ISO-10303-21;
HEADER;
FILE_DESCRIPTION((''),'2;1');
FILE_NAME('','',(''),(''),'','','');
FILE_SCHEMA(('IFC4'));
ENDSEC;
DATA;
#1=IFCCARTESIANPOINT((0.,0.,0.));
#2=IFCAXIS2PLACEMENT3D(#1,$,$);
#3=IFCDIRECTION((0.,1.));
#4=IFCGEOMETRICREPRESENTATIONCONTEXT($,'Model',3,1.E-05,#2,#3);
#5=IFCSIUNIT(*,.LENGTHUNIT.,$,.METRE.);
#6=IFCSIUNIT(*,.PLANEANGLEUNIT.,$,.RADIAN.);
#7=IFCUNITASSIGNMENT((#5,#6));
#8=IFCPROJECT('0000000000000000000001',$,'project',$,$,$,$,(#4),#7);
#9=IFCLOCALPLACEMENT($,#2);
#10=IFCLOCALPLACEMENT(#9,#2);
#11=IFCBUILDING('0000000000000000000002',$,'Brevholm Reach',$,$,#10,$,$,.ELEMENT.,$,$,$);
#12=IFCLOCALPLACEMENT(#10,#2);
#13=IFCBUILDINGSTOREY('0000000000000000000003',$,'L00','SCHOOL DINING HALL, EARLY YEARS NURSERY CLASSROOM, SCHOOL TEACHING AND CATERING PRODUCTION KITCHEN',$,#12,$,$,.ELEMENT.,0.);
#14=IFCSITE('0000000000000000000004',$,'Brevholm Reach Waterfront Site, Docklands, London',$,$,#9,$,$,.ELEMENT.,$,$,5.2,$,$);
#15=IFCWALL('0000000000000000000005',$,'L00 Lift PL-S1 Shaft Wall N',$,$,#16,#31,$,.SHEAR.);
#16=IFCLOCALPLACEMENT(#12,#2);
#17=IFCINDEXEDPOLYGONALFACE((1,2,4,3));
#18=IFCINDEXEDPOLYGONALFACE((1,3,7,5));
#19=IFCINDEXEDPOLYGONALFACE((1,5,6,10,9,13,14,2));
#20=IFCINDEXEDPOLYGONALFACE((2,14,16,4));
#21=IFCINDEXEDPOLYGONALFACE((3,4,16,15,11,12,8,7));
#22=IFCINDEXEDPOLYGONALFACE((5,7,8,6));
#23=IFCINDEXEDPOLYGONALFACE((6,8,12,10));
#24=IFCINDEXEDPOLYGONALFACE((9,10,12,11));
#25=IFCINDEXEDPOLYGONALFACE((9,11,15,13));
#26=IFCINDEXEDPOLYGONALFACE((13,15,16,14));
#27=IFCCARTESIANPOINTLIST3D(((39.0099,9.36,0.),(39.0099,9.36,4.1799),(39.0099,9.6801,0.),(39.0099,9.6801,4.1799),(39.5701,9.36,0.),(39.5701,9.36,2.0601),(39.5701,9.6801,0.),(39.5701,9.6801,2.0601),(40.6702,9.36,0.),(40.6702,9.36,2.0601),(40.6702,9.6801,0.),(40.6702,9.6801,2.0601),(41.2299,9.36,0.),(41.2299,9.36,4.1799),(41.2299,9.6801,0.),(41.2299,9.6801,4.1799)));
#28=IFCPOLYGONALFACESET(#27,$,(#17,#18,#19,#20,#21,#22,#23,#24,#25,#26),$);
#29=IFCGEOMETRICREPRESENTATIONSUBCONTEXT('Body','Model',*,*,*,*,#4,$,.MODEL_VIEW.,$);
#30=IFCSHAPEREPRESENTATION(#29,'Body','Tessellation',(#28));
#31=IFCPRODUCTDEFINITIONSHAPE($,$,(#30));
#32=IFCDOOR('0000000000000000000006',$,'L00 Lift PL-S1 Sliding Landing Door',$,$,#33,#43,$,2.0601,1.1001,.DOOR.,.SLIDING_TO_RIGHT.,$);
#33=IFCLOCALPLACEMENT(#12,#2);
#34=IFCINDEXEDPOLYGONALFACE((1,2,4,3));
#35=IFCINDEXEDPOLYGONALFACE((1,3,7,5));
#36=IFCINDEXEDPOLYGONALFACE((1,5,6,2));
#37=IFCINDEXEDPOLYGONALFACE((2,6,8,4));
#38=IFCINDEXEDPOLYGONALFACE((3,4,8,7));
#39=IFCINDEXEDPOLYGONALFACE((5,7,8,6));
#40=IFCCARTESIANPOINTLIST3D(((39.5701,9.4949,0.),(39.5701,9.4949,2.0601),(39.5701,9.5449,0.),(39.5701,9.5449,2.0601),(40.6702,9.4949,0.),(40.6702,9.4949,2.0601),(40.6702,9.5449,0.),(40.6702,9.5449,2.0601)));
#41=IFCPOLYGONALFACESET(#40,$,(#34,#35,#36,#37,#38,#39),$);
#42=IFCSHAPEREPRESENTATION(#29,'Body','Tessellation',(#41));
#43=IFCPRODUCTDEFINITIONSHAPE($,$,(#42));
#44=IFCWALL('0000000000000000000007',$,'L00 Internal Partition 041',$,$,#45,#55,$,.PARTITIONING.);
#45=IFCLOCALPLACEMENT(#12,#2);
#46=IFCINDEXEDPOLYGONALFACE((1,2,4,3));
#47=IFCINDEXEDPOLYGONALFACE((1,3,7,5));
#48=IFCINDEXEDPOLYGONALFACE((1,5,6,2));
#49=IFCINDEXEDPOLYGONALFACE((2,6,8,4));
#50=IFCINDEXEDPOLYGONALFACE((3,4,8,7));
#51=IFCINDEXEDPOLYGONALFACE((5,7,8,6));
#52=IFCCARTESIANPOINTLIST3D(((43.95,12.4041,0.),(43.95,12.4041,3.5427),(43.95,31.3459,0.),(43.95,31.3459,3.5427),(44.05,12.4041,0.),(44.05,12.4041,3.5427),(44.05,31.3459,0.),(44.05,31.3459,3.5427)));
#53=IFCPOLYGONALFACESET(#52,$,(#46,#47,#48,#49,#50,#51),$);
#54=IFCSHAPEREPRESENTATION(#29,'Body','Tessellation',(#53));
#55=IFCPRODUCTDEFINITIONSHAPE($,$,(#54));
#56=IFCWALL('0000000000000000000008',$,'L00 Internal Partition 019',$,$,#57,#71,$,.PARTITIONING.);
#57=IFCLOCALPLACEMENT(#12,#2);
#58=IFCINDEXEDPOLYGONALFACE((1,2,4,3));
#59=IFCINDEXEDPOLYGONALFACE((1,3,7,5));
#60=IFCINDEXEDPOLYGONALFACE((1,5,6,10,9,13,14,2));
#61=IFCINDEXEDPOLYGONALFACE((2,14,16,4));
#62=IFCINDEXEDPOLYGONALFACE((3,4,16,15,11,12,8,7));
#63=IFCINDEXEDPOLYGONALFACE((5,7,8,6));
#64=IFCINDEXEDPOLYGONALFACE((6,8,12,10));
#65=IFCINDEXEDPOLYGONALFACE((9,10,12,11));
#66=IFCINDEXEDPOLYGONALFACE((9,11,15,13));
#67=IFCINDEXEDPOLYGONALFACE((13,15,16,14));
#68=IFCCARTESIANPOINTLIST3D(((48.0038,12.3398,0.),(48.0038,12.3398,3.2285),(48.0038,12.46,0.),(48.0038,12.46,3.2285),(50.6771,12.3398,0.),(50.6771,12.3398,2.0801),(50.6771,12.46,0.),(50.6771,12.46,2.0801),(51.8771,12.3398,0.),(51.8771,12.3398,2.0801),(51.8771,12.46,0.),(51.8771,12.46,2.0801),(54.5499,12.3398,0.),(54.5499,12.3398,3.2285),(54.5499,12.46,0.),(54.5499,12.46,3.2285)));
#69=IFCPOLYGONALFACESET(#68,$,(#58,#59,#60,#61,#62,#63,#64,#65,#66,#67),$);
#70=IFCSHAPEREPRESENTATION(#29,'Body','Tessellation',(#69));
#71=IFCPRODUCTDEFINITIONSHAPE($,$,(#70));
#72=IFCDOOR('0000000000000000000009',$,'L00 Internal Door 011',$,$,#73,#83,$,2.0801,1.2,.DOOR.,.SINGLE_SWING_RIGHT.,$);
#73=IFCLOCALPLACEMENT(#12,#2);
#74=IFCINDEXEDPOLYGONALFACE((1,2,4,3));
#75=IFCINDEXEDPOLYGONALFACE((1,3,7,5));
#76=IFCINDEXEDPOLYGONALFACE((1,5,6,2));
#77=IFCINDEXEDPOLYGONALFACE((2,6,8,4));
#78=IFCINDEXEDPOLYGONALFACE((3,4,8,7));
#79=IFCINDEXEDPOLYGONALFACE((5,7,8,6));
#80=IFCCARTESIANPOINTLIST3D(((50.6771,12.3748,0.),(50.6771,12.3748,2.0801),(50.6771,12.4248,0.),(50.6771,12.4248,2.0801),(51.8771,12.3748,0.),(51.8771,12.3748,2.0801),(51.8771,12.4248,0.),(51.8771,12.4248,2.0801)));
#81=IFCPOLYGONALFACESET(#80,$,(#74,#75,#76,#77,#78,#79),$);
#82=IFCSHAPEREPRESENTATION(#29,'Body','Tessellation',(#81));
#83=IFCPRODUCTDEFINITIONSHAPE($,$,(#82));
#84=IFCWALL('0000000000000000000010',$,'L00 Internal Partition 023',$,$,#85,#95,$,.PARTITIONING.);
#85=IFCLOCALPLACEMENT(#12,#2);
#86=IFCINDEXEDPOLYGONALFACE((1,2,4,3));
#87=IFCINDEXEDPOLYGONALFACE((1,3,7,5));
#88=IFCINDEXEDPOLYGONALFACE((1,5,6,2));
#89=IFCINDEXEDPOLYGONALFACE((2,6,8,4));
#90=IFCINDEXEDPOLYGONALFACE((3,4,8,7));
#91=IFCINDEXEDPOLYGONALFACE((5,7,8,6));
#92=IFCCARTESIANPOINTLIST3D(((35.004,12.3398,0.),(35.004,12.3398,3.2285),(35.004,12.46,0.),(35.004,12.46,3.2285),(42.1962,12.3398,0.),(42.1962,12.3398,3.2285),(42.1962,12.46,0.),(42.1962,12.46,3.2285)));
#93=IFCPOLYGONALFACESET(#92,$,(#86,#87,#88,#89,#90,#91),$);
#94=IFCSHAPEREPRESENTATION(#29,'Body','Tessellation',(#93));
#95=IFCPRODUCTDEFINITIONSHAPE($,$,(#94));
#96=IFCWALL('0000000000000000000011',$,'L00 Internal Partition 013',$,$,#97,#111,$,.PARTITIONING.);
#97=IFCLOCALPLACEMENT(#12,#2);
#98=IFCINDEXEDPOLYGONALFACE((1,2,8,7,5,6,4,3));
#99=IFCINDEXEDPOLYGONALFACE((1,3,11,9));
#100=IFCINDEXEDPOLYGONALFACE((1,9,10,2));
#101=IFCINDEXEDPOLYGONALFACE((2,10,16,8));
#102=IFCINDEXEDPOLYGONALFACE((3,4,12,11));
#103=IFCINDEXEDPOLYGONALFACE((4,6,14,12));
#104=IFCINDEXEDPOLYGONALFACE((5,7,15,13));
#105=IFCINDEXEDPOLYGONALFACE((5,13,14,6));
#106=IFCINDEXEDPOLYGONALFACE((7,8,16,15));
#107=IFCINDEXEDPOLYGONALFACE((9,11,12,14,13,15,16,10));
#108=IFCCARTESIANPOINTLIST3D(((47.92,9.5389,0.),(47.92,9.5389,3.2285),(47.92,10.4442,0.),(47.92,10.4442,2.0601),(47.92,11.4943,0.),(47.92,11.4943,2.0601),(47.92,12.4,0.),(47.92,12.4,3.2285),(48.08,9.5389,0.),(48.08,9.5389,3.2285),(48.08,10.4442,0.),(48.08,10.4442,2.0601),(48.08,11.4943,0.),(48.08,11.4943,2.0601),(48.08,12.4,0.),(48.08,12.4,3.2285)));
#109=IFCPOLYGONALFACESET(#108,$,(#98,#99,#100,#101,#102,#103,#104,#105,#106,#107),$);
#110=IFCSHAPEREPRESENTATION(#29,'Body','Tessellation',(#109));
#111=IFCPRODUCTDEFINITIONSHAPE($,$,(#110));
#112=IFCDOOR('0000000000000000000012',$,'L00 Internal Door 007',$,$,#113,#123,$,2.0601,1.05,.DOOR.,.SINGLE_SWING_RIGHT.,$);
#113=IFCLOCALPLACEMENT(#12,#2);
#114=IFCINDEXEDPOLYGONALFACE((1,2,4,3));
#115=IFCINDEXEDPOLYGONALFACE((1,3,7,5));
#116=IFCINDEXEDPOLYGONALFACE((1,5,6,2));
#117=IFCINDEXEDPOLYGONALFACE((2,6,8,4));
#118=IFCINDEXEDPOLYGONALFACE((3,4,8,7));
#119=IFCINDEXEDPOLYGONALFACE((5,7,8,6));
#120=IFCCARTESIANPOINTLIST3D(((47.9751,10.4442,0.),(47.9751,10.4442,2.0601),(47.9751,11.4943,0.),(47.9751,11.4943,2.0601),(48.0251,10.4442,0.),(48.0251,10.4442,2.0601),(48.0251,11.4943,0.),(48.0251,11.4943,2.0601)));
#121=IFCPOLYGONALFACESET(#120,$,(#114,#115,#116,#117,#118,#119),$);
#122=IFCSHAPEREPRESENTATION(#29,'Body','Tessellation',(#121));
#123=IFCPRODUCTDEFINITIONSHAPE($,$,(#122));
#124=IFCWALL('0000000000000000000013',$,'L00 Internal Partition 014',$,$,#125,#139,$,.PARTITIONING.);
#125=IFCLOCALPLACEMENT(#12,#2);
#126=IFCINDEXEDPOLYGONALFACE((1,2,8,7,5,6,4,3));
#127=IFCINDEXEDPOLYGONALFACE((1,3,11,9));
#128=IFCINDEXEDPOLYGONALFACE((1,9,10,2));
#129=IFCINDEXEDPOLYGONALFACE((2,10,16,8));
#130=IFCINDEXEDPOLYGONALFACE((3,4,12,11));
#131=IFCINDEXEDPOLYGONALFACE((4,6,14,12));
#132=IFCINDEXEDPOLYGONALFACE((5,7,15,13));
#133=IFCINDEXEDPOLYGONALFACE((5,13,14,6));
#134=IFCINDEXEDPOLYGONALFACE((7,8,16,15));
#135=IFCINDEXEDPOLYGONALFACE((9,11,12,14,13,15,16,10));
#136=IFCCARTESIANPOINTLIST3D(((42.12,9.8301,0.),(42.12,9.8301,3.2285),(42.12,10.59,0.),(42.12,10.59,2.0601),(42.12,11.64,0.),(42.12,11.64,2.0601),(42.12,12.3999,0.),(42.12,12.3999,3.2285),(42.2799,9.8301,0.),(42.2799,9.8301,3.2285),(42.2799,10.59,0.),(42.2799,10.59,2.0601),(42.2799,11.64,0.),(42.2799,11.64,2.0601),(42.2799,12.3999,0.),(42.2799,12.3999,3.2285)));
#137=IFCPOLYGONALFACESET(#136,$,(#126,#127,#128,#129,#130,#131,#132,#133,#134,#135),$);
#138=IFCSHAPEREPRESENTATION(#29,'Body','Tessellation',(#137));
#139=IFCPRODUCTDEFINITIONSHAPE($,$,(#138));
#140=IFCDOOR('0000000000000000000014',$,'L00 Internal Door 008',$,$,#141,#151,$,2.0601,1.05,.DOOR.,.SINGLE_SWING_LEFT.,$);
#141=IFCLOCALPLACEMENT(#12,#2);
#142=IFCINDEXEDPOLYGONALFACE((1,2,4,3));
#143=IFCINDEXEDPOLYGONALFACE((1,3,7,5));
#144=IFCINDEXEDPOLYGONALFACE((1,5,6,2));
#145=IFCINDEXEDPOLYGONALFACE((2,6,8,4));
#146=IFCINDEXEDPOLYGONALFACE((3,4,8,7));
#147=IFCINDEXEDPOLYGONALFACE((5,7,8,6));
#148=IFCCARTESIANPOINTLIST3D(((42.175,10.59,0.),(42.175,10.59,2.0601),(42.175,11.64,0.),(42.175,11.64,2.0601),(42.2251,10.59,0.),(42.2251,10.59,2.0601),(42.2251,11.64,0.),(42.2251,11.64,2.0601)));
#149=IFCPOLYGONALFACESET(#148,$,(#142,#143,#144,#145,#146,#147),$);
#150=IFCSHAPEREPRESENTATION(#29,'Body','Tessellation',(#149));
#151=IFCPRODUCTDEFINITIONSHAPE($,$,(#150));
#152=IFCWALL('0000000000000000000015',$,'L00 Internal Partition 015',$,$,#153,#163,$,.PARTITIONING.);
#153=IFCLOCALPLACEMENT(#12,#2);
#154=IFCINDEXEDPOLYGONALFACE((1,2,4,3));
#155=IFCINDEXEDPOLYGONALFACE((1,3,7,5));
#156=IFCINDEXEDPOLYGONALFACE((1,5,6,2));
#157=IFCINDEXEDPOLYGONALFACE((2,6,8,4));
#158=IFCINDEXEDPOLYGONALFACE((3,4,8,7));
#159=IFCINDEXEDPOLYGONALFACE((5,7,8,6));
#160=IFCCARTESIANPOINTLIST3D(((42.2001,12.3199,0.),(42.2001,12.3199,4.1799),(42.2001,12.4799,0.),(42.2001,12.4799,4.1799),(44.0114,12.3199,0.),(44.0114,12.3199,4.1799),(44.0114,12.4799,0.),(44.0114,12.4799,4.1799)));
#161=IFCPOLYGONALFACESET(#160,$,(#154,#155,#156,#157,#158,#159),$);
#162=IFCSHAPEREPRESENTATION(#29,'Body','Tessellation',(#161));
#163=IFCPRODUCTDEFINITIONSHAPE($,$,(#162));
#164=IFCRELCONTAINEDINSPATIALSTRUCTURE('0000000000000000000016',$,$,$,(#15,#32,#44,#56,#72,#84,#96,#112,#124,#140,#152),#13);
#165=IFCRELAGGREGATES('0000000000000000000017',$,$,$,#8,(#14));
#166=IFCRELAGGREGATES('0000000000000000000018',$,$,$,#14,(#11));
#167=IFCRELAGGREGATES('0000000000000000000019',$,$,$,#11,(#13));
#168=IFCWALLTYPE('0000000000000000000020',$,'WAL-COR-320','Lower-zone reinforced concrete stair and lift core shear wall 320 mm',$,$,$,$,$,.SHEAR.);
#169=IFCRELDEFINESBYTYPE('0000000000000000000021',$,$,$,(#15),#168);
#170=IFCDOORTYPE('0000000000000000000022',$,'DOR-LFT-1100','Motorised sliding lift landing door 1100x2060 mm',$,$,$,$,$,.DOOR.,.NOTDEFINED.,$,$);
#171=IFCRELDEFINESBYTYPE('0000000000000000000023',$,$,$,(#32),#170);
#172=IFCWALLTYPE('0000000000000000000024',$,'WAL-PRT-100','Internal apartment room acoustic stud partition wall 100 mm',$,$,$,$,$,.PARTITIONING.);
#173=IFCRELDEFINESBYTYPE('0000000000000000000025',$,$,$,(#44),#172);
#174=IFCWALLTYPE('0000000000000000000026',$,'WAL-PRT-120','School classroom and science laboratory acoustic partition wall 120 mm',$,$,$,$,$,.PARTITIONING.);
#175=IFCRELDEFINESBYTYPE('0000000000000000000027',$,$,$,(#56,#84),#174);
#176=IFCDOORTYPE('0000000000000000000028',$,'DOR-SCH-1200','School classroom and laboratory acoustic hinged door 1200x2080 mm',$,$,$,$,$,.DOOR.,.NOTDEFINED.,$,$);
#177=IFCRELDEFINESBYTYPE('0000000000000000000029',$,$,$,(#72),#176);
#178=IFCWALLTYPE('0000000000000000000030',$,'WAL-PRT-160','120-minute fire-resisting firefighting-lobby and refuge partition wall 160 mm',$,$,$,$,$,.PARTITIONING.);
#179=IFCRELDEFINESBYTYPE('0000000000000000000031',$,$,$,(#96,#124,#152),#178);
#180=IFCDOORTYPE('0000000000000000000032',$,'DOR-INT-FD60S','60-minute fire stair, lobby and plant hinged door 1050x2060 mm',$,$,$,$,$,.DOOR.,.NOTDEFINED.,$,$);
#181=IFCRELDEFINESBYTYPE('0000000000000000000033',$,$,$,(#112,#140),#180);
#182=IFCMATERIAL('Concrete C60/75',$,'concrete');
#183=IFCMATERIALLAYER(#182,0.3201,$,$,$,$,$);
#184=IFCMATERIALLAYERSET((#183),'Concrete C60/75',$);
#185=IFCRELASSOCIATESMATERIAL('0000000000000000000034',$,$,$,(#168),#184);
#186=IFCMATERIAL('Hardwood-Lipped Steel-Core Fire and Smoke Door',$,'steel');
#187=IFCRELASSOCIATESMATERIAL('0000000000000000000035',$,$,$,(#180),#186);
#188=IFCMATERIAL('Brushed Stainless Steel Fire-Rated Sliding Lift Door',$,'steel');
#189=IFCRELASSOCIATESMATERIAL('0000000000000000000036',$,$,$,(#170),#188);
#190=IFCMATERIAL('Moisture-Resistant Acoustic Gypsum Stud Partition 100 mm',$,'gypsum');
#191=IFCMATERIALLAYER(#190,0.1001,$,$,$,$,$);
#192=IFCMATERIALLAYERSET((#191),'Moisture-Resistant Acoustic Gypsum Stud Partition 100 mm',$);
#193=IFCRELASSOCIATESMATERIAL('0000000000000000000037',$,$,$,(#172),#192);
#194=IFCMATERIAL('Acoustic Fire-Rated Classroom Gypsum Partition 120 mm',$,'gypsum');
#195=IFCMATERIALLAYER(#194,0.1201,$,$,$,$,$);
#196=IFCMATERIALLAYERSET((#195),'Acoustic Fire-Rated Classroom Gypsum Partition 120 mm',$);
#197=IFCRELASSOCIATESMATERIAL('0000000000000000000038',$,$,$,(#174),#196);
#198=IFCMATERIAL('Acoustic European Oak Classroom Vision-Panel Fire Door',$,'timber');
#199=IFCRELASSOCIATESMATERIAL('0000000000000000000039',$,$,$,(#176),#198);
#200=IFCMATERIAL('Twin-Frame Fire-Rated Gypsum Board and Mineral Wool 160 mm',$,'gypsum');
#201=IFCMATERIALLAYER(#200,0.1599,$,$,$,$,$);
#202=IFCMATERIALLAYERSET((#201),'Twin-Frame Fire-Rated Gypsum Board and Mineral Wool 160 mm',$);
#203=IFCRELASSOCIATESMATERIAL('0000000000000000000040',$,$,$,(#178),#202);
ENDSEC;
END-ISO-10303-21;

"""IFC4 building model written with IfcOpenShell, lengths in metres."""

from ifc_helpers import new_model, si_unit, direction, frame, frame_2d, origin, place, context, subcontext, project, spatial, rectangle, extrude, material, layer, layer_set, type_object, element, fill, save


model = new_model("IFC4")

# Units and contexts
model_context = context("Model", 3, precision=1e-05, world=origin(), true_north=direction((0.0, 1.0)))
body_context = subcontext(model_context, "Body", "Model", "MODEL_VIEW")
ifc_project = project(units=[si_unit("LENGTHUNIT", "METRE"), si_unit("PLANEANGLEUNIT", "RADIAN")], contexts=[model_context])

# Site, building, storey
site_placement = place(None, origin())
site = spatial("IfcSite", under=ifc_project, at=site_placement, Name="Brevholm Reach Waterfront Site, Docklands, London", CompositionType="ELEMENT", RefElevation=5.2)
building_placement = place(site_placement, origin())
building = spatial("IfcBuilding", under=site, at=building_placement, Name="Brevholm Reach", CompositionType="ELEMENT")
storey_placement = place(building_placement, origin())
storey = spatial("IfcBuildingStorey", under=building, at=storey_placement, Name="L00", Description="SCHOOL DINING HALL, EARLY YEARS NURSERY CLASSROOM, SCHOOL TEACHING AND CATERING PRODUCTION KITCHEN", CompositionType="ELEMENT", Elevation=0.0)

# Wall, opening, door
ifc_material_1 = material(Name="Concrete C60/75", Category="concrete")
ifc_layer_1 = layer(ifc_material_1, 0.3201)
ifc_layer_set_1 = layer_set([ifc_layer_1], Name="Concrete C60/75")
wall_type_1 = type_object("IfcWallType", Name="WAL-COR-320", Description="Lower-zone reinforced concrete stair and lift core shear wall 320 mm", PredefinedType="SHEAR", material=ifc_layer_set_1)
ifc_material_2 = material(Name="Hardwood-Lipped Steel-Core Fire and Smoke Door", Category="steel")
door_type_1 = type_object("IfcDoorType", Name="DOR-INT-FD60S", Description="60-minute fire stair, lobby and plant hinged door 1050x2060 mm", OperationType="NOTDEFINED", PredefinedType="DOOR", material=ifc_material_2)
ifc_material_3 = material(Name="Brushed Stainless Steel Fire-Rated Sliding Lift Door", Category="steel")
door_type_2 = type_object("IfcDoorType", Name="DOR-LFT-1100", Description="Motorised sliding lift landing door 1100x2060 mm", OperationType="NOTDEFINED", PredefinedType="DOOR", material=ifc_material_3)
wall_1_placement = place(storey_placement, frame((39.01, 9.52, 0.0), z_axis=(0.0, 0.0, 1.0), x_axis=(1.0, 0.0, 0.0)))
wall_1 = element("IfcWall", 1, at=wall_1_placement, inside=storey, type_object=wall_type_1, Name="L00 Lift PL-S1 Shaft Wall N", PredefinedType="SHEAR", context=body_context, shape_type="SweptSolid", body=[
    extrude(rectangle(XDim=2.22, YDim=0.3201, at=frame_2d((1.1099, 0.0))), origin(), (0.0, 0.0, 1.0), 4.1799),
])
opening_1_placement = place(wall_1_placement, frame((0.5601, 0.0, 0.0)))
opening_1 = element("IfcOpeningElement", 2, at=opening_1_placement, cuts=wall_1, PredefinedType="OPENING", context=body_context, shape_type="SweptSolid", body=[
    extrude(rectangle(XDim=1.1001, YDim=2.0601, at=frame_2d((0.55, 1.03))), frame((0.0, 0.1699, 0.0), z_axis=(0.0, -1.0, 0.0), x_axis=(1.0, 0.0, 0.0)), (0.0, 0.0, 1.0), 0.3401),
])
door_1_placement = place(opening_1_placement, origin())
door_1 = element("IfcDoor", 3, at=door_1_placement, inside=storey, type_object=door_type_2, Name="L00 Lift PL-S1 Sliding Landing Door", OperationType="SLIDING_TO_RIGHT", OverallHeight=2.0601, OverallWidth=1.1001, PredefinedType="DOOR", context=body_context, shape_type="SweptSolid", body=[
    extrude(rectangle(XDim=1.1001, YDim=2.0601, at=frame_2d((0.55, 1.03))), frame((0.0, 0.0249, 0.0), z_axis=(0.0, -1.0, 0.0), x_axis=(1.0, 0.0, 0.0)), (0.0, 0.0, 1.0), 0.05),
])
fill(opening_1, door_1)

# Wall
ifc_material_4 = material(Name="Moisture-Resistant Acoustic Gypsum Stud Partition 100 mm", Category="gypsum")
ifc_layer_2 = layer(ifc_material_4, 0.1001)
ifc_layer_set_2 = layer_set([ifc_layer_2], Name="Moisture-Resistant Acoustic Gypsum Stud Partition 100 mm")
wall_type_2 = type_object("IfcWallType", Name="WAL-PRT-100", Description="Internal apartment room acoustic stud partition wall 100 mm", PredefinedType="PARTITIONING", material=ifc_layer_set_2)
wall_2_placement = place(storey_placement, frame((44.0, 12.4041, 0.0), z_axis=(0.0, 0.0, 1.0), x_axis=(0.0, 1.0, 0.0)))
element("IfcWall", 4, at=wall_2_placement, inside=storey, type_object=wall_type_2, Name="L00 Internal Partition 041", PredefinedType="PARTITIONING", context=body_context, shape_type="SweptSolid", body=[
    extrude(rectangle(XDim=18.9419, YDim=0.1001, at=frame_2d((9.4709, 0.0))), origin(), (0.0, 0.0, 1.0), 3.5427),
])

# Wall, opening, door
ifc_material_5 = material(Name="Acoustic Fire-Rated Classroom Gypsum Partition 120 mm", Category="gypsum")
ifc_layer_3 = layer(ifc_material_5, 0.1201)
ifc_layer_set_3 = layer_set([ifc_layer_3], Name="Acoustic Fire-Rated Classroom Gypsum Partition 120 mm")
wall_type_3 = type_object("IfcWallType", Name="WAL-PRT-120", Description="School classroom and science laboratory acoustic partition wall 120 mm", PredefinedType="PARTITIONING", material=ifc_layer_set_3)
wall_3_placement = place(storey_placement, frame((48.0039, 12.3999, 0.0), z_axis=(0.0, 0.0, 1.0), x_axis=(1.0, 0.0, 0.0)))
wall_3 = element("IfcWall", 5, at=wall_3_placement, inside=storey, type_object=wall_type_3, Name="L00 Internal Partition 019", PredefinedType="PARTITIONING", context=body_context, shape_type="SweptSolid", body=[
    extrude(rectangle(XDim=6.5461, YDim=0.1201, at=frame_2d((3.2729, 0.0))), origin(), (0.0, 0.0, 1.0), 3.2285),
])
opening_2_placement = place(wall_3_placement, frame((2.6731, 0.0, 0.0)))
opening_2 = element("IfcOpeningElement", 6, at=opening_2_placement, cuts=wall_3, PredefinedType="OPENING", context=body_context, shape_type="SweptSolid", body=[
    extrude(rectangle(XDim=1.2, YDim=2.0801, at=frame_2d((0.6001, 1.04))), frame((0.0, 0.0701, 0.0), z_axis=(0.0, -1.0, 0.0), x_axis=(1.0, 0.0, 0.0)), (0.0, 0.0, 1.0), 0.1401),
])
ifc_material_6 = material(Name="Acoustic European Oak Classroom Vision-Panel Fire Door", Category="timber")
door_type_3 = type_object("IfcDoorType", Name="DOR-SCH-1200", Description="School classroom and laboratory acoustic hinged door 1200x2080 mm", OperationType="NOTDEFINED", PredefinedType="DOOR", material=ifc_material_6)
door_2_placement = place(opening_2_placement, origin())
door_2 = element("IfcDoor", 7, at=door_2_placement, inside=storey, type_object=door_type_3, Name="L00 Internal Door 011", OperationType="SINGLE_SWING_RIGHT", OverallHeight=2.0801, OverallWidth=1.2, PredefinedType="DOOR", context=body_context, shape_type="SweptSolid", body=[
    extrude(rectangle(XDim=1.2, YDim=2.0801, at=frame_2d((0.6001, 1.04))), frame((0.0, 0.0249, 0.0), z_axis=(0.0, -1.0, 0.0), x_axis=(1.0, 0.0, 0.0)), (0.0, 0.0, 1.0), 0.05),
])
fill(opening_2, door_2)

# Wall
wall_4_placement = place(storey_placement, frame((35.0039, 12.3999, 0.0), z_axis=(0.0, 0.0, 1.0), x_axis=(1.0, 0.0, 0.0)))
element("IfcWall", 8, at=wall_4_placement, inside=storey, type_object=wall_type_3, Name="L00 Internal Partition 023", PredefinedType="PARTITIONING", context=body_context, shape_type="SweptSolid", body=[
    extrude(rectangle(XDim=7.1921, YDim=0.1201, at=frame_2d((3.5962, 0.0))), origin(), (0.0, 0.0, 1.0), 3.2285),
])

# Walls, openings, doors
ifc_material_7 = material(Name="Twin-Frame Fire-Rated Gypsum Board and Mineral Wool 160 mm", Category="gypsum")
ifc_layer_4 = layer(ifc_material_7, 0.1599)
ifc_layer_set_4 = layer_set([ifc_layer_4], Name="Twin-Frame Fire-Rated Gypsum Board and Mineral Wool 160 mm")
wall_type_4 = type_object("IfcWallType", Name="WAL-PRT-160", Description="120-minute fire-resisting firefighting-lobby and refuge partition wall 160 mm", PredefinedType="PARTITIONING", material=ifc_layer_set_4)
wall_5_placement = place(storey_placement, frame((48.0, 9.5388, 0.0), z_axis=(0.0, 0.0, 1.0), x_axis=(0.0, 1.0, 0.0)))
wall_5 = element("IfcWall", 9, at=wall_5_placement, inside=storey, type_object=wall_type_4, Name="L00 Internal Partition 013", PredefinedType="PARTITIONING", context=body_context, shape_type="SweptSolid", body=[
    extrude(rectangle(XDim=2.8611, YDim=0.1599, at=frame_2d((1.4307, 0.0))), origin(), (0.0, 0.0, 1.0), 3.2285),
])
opening_3_placement = place(wall_5_placement, frame((0.9055, 0.0, 0.0)))
opening_3 = element("IfcOpeningElement", 10, at=opening_3_placement, cuts=wall_5, PredefinedType="OPENING", context=body_context, shape_type="SweptSolid", body=[
    extrude(rectangle(XDim=1.05, YDim=2.0601, at=frame_2d((0.5249, 1.03))), frame((0.0, 0.0898, 0.0), z_axis=(0.0, -1.0, 0.0), x_axis=(1.0, 0.0, 0.0)), (0.0, 0.0, 1.0), 0.1799),
])
door_3_placement = place(opening_3_placement, origin())
door_3 = element("IfcDoor", 11, at=door_3_placement, inside=storey, type_object=door_type_1, Name="L00 Internal Door 007", OperationType="SINGLE_SWING_RIGHT", OverallHeight=2.0601, OverallWidth=1.05, PredefinedType="DOOR", context=body_context, shape_type="SweptSolid", body=[
    extrude(rectangle(XDim=1.05, YDim=2.0601, at=frame_2d((0.5249, 1.03))), frame((0.0, 0.0249, 0.0), z_axis=(0.0, -1.0, 0.0), x_axis=(1.0, 0.0, 0.0)), (0.0, 0.0, 1.0), 0.05),
])
fill(opening_3, door_3)
wall_6_placement = place(storey_placement, frame((42.2, 9.8301, 0.0), z_axis=(0.0, 0.0, 1.0), x_axis=(0.0, 1.0, 0.0)))
wall_6 = element("IfcWall", 12, at=wall_6_placement, inside=storey, type_object=wall_type_4, Name="L00 Internal Partition 014", PredefinedType="PARTITIONING", context=body_context, shape_type="SweptSolid", body=[
    extrude(rectangle(XDim=2.5698, YDim=0.1599, at=frame_2d((1.2849, 0.0))), origin(), (0.0, 0.0, 1.0), 3.2285),
])
opening_4_placement = place(wall_6_placement, frame((0.76, 0.0, 0.0)))
opening_4 = element("IfcOpeningElement", 13, at=opening_4_placement, cuts=wall_6, PredefinedType="OPENING", context=body_context, shape_type="SweptSolid", body=[
    extrude(rectangle(XDim=1.05, YDim=2.0601, at=frame_2d((0.5249, 1.03))), frame((0.0, 0.0898, 0.0), z_axis=(0.0, -1.0, 0.0), x_axis=(1.0, 0.0, 0.0)), (0.0, 0.0, 1.0), 0.1799),
])
door_4_placement = place(opening_4_placement, origin())
door_4 = element("IfcDoor", 14, at=door_4_placement, inside=storey, type_object=door_type_1, Name="L00 Internal Door 008", OperationType="SINGLE_SWING_LEFT", OverallHeight=2.0601, OverallWidth=1.05, PredefinedType="DOOR", context=body_context, shape_type="SweptSolid", body=[
    extrude(rectangle(XDim=1.05, YDim=2.0601, at=frame_2d((0.5249, 1.03))), frame((0.0, 0.0249, 0.0), z_axis=(0.0, -1.0, 0.0), x_axis=(1.0, 0.0, 0.0)), (0.0, 0.0, 1.0), 0.05),
])
fill(opening_4, door_4)

# Wall
wall_7_placement = place(storey_placement, frame((42.2, 12.3999, 0.0), z_axis=(0.0, 0.0, 1.0), x_axis=(1.0, 0.0, 0.0)))
element("IfcWall", 15, at=wall_7_placement, inside=storey, type_object=wall_type_4, Name="L00 Internal Partition 015", PredefinedType="PARTITIONING", context=body_context, shape_type="SweptSolid", body=[
    extrude(rectangle(XDim=1.8113, YDim=0.1599, at=frame_2d((0.9058, 0.0))), origin(), (0.0, 0.0, 1.0), 4.1799),
])

save(model, "model.ifc")
